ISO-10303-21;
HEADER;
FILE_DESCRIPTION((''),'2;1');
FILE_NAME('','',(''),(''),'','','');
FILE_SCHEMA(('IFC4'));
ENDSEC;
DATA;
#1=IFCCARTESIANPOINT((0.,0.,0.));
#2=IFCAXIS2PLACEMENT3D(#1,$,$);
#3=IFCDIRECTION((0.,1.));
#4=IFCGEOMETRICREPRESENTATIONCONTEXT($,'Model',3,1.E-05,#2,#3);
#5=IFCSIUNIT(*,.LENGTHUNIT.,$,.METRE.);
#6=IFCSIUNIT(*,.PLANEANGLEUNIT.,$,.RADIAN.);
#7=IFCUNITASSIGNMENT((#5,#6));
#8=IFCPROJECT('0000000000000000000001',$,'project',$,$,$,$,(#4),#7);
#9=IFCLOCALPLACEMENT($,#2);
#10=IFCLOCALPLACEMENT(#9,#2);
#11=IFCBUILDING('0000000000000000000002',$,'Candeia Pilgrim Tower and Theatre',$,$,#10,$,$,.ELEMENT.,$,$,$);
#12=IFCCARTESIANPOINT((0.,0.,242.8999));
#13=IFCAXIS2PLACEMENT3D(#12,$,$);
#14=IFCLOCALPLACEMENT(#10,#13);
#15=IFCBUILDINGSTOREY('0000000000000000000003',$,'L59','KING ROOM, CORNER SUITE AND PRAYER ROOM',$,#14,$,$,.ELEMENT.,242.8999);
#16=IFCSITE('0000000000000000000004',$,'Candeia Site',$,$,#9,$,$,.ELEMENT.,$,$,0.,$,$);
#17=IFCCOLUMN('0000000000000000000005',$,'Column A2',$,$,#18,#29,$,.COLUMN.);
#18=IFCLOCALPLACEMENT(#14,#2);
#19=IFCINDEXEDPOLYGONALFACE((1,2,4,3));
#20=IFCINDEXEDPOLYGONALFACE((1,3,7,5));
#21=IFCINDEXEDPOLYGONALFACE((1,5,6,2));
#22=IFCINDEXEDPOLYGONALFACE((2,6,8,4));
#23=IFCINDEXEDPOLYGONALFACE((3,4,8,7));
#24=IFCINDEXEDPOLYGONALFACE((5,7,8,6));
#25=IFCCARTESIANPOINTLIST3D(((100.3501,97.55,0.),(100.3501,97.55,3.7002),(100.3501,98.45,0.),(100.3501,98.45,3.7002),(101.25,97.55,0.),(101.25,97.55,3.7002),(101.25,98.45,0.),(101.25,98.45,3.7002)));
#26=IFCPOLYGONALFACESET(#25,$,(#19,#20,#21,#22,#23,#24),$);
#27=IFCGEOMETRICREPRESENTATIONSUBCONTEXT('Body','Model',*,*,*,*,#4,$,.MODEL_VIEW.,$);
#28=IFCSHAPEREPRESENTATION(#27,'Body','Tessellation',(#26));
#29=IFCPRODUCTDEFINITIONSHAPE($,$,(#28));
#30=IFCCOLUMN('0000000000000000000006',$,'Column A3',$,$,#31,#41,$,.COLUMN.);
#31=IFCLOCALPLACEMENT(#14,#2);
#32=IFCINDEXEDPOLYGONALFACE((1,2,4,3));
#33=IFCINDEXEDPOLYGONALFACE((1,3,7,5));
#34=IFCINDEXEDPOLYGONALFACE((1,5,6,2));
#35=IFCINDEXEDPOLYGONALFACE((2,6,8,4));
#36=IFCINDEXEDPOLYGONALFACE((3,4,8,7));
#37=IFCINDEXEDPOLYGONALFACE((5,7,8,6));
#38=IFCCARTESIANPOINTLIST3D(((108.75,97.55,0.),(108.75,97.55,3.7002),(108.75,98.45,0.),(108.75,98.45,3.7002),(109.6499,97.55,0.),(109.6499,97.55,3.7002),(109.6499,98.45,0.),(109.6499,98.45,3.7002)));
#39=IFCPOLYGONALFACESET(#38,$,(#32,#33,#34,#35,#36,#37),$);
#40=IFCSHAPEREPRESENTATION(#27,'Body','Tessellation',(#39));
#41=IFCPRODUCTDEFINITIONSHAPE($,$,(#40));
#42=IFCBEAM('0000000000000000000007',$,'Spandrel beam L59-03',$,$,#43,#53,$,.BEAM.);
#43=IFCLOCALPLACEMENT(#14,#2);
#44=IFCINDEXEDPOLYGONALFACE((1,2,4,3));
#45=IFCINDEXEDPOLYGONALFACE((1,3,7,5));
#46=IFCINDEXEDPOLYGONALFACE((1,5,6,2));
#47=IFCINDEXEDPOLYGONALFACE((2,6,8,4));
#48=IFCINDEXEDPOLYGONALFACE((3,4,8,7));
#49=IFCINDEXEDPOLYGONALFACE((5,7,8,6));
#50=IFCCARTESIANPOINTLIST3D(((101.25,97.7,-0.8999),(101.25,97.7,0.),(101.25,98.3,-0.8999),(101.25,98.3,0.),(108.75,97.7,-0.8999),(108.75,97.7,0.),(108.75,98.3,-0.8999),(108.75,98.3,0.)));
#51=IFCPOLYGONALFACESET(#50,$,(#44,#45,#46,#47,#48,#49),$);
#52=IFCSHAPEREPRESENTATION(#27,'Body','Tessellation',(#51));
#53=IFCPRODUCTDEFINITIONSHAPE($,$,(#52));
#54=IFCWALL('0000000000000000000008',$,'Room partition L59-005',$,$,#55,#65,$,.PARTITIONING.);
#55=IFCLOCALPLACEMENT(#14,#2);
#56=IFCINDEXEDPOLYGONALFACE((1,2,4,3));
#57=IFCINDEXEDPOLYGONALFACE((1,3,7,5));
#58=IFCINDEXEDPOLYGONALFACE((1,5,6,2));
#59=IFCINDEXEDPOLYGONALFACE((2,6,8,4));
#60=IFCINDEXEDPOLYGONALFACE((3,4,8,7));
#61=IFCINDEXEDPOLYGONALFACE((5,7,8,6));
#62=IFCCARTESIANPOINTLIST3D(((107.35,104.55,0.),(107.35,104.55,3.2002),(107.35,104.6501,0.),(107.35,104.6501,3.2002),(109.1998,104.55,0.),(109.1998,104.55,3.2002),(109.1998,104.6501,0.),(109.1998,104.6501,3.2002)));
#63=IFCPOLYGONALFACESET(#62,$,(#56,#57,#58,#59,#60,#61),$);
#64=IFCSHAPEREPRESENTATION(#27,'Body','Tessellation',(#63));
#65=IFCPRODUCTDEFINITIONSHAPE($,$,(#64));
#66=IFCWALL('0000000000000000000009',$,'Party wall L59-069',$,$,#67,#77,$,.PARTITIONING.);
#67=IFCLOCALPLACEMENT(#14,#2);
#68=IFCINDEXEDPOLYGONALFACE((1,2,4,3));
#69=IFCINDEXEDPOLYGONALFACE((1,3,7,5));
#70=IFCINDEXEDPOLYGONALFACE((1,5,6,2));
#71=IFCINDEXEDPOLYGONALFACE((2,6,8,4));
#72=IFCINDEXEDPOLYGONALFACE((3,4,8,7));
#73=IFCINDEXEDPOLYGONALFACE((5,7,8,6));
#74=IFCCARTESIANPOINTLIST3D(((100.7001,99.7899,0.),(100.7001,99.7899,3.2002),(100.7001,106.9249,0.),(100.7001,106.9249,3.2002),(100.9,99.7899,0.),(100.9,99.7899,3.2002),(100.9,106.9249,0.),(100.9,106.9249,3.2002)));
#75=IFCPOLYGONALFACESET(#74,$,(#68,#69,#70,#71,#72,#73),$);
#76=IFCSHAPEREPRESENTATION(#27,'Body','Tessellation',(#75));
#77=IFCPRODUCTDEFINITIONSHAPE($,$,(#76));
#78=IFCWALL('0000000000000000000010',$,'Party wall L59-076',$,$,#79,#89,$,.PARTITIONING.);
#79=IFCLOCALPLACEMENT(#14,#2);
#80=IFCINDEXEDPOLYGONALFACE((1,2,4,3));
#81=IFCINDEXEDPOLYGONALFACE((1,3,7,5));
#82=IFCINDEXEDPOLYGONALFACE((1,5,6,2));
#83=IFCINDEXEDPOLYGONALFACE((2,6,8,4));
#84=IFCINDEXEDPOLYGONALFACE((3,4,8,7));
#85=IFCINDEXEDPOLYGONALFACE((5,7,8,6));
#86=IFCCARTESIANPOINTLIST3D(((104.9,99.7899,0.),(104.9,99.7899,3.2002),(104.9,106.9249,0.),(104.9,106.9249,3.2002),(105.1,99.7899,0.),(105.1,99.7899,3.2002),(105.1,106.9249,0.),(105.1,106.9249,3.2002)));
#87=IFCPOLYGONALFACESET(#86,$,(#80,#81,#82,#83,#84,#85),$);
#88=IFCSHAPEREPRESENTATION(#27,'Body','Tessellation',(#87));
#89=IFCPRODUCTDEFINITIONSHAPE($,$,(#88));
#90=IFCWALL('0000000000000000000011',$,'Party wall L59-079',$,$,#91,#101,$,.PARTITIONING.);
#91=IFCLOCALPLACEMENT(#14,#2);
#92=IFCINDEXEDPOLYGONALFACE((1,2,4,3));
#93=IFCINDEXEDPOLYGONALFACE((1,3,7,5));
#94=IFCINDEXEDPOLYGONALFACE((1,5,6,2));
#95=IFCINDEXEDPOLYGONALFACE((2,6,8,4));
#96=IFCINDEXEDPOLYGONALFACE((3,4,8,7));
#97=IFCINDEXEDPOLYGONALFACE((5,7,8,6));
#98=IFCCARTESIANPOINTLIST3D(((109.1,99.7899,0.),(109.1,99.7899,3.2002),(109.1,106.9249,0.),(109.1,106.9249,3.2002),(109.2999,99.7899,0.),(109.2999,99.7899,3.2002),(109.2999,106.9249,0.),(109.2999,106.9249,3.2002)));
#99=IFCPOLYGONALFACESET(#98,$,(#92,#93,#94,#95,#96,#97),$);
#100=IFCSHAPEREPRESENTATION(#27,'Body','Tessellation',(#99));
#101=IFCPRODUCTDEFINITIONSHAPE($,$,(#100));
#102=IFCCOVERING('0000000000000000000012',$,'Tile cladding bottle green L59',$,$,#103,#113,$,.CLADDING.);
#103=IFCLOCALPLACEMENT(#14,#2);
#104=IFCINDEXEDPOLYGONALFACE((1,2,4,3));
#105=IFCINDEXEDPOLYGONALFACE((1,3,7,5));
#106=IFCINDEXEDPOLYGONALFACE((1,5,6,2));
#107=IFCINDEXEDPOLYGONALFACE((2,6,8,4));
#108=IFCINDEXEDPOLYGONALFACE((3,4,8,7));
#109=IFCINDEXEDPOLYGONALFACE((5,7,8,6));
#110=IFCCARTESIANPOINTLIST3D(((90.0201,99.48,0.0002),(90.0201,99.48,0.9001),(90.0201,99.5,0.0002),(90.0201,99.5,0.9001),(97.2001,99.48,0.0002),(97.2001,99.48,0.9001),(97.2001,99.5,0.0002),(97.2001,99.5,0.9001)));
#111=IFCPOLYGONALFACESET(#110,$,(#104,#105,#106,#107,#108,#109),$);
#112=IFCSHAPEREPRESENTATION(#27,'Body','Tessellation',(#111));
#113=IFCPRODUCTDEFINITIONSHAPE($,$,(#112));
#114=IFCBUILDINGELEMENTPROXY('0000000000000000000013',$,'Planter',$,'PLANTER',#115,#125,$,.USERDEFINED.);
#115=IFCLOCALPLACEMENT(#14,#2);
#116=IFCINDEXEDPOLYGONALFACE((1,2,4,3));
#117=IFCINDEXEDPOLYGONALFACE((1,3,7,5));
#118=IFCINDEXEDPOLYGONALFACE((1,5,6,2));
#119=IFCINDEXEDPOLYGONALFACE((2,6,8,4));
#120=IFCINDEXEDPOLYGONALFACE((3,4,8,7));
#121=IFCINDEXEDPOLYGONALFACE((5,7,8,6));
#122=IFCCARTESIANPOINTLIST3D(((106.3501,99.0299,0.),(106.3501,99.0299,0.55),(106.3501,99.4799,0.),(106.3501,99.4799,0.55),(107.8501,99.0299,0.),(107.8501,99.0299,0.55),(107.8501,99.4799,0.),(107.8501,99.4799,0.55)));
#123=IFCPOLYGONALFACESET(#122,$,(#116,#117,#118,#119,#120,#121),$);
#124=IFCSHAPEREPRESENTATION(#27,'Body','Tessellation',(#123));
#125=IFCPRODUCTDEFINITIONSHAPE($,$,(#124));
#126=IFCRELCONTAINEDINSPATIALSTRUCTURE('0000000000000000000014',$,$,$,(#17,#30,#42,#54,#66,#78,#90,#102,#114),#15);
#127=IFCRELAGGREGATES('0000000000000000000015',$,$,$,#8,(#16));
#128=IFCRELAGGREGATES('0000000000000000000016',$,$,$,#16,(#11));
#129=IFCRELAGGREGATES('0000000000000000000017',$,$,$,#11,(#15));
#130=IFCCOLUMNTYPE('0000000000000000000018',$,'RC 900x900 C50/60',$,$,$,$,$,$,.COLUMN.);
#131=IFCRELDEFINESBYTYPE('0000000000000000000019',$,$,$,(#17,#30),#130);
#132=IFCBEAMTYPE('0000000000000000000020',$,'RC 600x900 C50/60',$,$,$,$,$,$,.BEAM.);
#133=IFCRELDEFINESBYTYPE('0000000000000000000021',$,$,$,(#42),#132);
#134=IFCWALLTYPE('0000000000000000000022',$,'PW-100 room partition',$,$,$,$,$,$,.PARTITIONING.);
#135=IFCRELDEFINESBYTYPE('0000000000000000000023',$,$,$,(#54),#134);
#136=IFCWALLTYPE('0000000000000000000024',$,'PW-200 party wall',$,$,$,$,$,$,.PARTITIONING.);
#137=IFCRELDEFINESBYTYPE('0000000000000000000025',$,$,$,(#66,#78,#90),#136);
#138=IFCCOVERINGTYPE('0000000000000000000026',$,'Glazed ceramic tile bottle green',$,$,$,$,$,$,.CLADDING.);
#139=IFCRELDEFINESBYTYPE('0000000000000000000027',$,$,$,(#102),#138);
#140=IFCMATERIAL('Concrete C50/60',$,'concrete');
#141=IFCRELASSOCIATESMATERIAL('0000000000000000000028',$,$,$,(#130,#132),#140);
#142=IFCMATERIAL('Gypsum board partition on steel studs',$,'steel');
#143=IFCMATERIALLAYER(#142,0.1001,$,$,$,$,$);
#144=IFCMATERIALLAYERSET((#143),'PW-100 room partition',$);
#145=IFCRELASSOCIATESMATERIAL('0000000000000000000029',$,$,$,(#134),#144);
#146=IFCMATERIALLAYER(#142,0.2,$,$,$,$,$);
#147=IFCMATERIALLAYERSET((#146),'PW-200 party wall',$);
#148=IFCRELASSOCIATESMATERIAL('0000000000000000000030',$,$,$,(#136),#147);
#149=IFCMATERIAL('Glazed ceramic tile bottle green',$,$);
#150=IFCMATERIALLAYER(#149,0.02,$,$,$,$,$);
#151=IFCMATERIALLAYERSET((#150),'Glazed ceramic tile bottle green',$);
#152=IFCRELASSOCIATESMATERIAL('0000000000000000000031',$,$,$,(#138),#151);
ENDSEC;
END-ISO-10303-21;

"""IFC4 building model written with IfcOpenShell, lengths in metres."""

from ifc_helpers import new_model, si_unit, direction, frame, frame_2d, origin, origin_2d, place, context, subcontext, project, spatial, rectangle, extrude, material, layer, layer_set, material_profile, profile_set, type_object, element, save


model = new_model("IFC4")

# Units and contexts
model_context = context("Model", 3, precision=1e-05, world=origin(), true_north=direction((0.0, 1.0)))
body_context = subcontext(model_context, "Body", "Model", "MODEL_VIEW")
ifc_project = project(units=[si_unit("LENGTHUNIT", "METRE"), si_unit("PLANEANGLEUNIT", "RADIAN")], contexts=[model_context])

# Site, building, storey
site_placement = place(None, origin())
site = spatial("IfcSite", under=ifc_project, at=site_placement, Name="Candeia Site", CompositionType="ELEMENT", RefElevation=0.0)
building_placement = place(site_placement, origin())
building = spatial("IfcBuilding", under=site, at=building_placement, Name="Candeia Pilgrim Tower and Theatre", CompositionType="ELEMENT")
storey_placement = place(building_placement, frame((0.0, 0.0, 242.8999)))
storey = spatial("IfcBuildingStorey", under=building, at=storey_placement, Name="L59", Description="KING ROOM, CORNER SUITE AND PRAYER ROOM", CompositionType="ELEMENT", Elevation=242.8999)

# Columns
ifc_material_1 = material(Name="Concrete C50/60", Category="concrete")
ifc_material_profile_1 = material_profile(ifc_material_1, rectangle(XDim=0.8999, YDim=0.8999, at=origin_2d()))
ifc_profile_set_1 = profile_set([ifc_material_profile_1], Name="Concrete C50/60")
column_type = type_object("IfcColumnType", Name="RC 900x900 C50/60", PredefinedType="COLUMN", material=ifc_profile_set_1)
for number, where, z_axis, x_axis, name in (
    (1, (100.8, 98.0, 0.0), (0.0, 0.0, 1.0), (1.0, 0.0, 0.0), "Column A2"),
    (2, (109.2, 98.0, 0.0), (0.0, 0.0, 1.0), (1.0, 0.0, 0.0), "Column A3"),
):
    element("IfcColumn", number, at=place(storey_placement, frame(where, z_axis=z_axis, x_axis=x_axis)), inside=storey, type_object=column_type, Name=name, PredefinedType="COLUMN", context=body_context, shape_type="SweptSolid", body=[
        extrude(rectangle(XDim=0.8999, YDim=0.8999, at=origin_2d()), origin(), (0.0, 0.0, 1.0), 3.7002),
    ])

# Beam
ifc_material_profile_2 = material_profile(ifc_material_1, rectangle(XDim=0.6001, YDim=0.8999, at=origin_2d()))
ifc_profile_set_2 = profile_set([ifc_material_profile_2], Name="Concrete C50/60")
beam_type = type_object("IfcBeamType", Name="RC 600x900 C50/60", PredefinedType="BEAM", material=ifc_profile_set_2)
beam_placement = place(storey_placement, frame((101.25, 98.0, -0.45), z_axis=(1.0, 0.0, 0.0), x_axis=(0.0, 1.0, 0.0)))
element("IfcBeam", 3, at=beam_placement, inside=storey, type_object=beam_type, Name="Spandrel beam L59-03", PredefinedType="BEAM", context=body_context, shape_type="SweptSolid", body=[
    extrude(rectangle(XDim=0.6001, YDim=0.8999, at=origin_2d()), origin(), (0.0, 0.0, 1.0), 7.5),
])

# Walls
ifc_material_2 = material(Name="Gypsum board partition on steel studs", Category="steel")
ifc_layer_1 = layer(ifc_material_2, 0.1001)
ifc_layer_set_1 = layer_set([ifc_layer_1], Name="PW-100 room partition")
wall_type_1 = type_object("IfcWallType", Name="PW-100 room partition", PredefinedType="PARTITIONING", material=ifc_layer_set_1)
wall_placement = place(storey_placement, frame((107.3501, 104.6001, 0.0), z_axis=(0.0, 0.0, 1.0), x_axis=(1.0, 0.0, 0.0)))
element("IfcWall", 4, at=wall_placement, inside=storey, type_object=wall_type_1, Name="Room partition L59-005", PredefinedType="PARTITIONING", context=body_context, shape_type="SweptSolid", body=[
    extrude(rectangle(XDim=1.8499, YDim=0.1001, at=frame_2d((0.9248, 0.0))), origin(), (0.0, 0.0, 1.0), 3.2002),
])
ifc_layer_2 = layer(ifc_material_2, 0.2)
ifc_layer_set_2 = layer_set([ifc_layer_2], Name="PW-200 party wall")
wall_type_2 = type_object("IfcWallType", Name="PW-200 party wall", PredefinedType="PARTITIONING", material=ifc_layer_set_2)
for number, where, z_axis, x_axis, name in (
    (5, (100.8, 99.79, 0.0), (0.0, 0.0, 1.0), (0.0, 1.0, 0.0), "Party wall L59-069"),
    (6, (105.0, 99.79, 0.0), (0.0, 0.0, 1.0), (0.0, 1.0, 0.0), "Party wall L59-076"),
    (7, (109.2, 99.79, 0.0), (0.0, 0.0, 1.0), (0.0, 1.0, 0.0), "Party wall L59-079"),
):
    element("IfcWall", number, at=place(storey_placement, frame(where, z_axis=z_axis, x_axis=x_axis)), inside=storey, type_object=wall_type_2, Name=name, PredefinedType="PARTITIONING", context=body_context, shape_type="SweptSolid", body=[
        extrude(rectangle(XDim=7.135, YDim=0.2, at=frame_2d((3.5674, 0.0))), origin(), (0.0, 0.0, 1.0), 3.2002),
    ])

# Covering
ifc_material_3 = material(Name="Glazed ceramic tile bottle green")
ifc_layer_3 = layer(ifc_material_3, 0.02)
ifc_layer_set_3 = layer_set([ifc_layer_3], Name="Glazed ceramic tile bottle green")
covering_type = type_object("IfcCoveringType", Name="Glazed ceramic tile bottle green", PredefinedType="CLADDING", material=ifc_layer_set_3)
covering_placement = place(storey_placement, frame((93.6101, 99.49, 0.0002), z_axis=(0.0, 0.0, 1.0), x_axis=(1.0, 0.0, 0.0)))
element("IfcCovering", 8, at=covering_placement, inside=storey, type_object=covering_type, Name="Tile cladding bottle green L59", PredefinedType="CLADDING", context=body_context, shape_type="SweptSolid", body=[
    extrude(rectangle(XDim=7.1799, YDim=0.02, at=origin_2d()), origin(), (0.0, 0.0, 1.0), 0.8999),
])

# Building element proxy
proxy_placement = place(storey_placement, frame((107.1001, 99.2549, 0.0), z_axis=(0.0, 0.0, 1.0), x_axis=(1.0, 0.0, 0.0)))
element("IfcBuildingElementProxy", 9, at=proxy_placement, inside=storey, Name="Planter", ObjectType="PLANTER", PredefinedType="USERDEFINED", context=body_context, shape_type="SweptSolid", body=[
    extrude(rectangle(XDim=1.5, YDim=0.45, at=origin_2d()), origin(), (0.0, 0.0, 1.0), 0.55),
])

save(model, "model.ifc")
